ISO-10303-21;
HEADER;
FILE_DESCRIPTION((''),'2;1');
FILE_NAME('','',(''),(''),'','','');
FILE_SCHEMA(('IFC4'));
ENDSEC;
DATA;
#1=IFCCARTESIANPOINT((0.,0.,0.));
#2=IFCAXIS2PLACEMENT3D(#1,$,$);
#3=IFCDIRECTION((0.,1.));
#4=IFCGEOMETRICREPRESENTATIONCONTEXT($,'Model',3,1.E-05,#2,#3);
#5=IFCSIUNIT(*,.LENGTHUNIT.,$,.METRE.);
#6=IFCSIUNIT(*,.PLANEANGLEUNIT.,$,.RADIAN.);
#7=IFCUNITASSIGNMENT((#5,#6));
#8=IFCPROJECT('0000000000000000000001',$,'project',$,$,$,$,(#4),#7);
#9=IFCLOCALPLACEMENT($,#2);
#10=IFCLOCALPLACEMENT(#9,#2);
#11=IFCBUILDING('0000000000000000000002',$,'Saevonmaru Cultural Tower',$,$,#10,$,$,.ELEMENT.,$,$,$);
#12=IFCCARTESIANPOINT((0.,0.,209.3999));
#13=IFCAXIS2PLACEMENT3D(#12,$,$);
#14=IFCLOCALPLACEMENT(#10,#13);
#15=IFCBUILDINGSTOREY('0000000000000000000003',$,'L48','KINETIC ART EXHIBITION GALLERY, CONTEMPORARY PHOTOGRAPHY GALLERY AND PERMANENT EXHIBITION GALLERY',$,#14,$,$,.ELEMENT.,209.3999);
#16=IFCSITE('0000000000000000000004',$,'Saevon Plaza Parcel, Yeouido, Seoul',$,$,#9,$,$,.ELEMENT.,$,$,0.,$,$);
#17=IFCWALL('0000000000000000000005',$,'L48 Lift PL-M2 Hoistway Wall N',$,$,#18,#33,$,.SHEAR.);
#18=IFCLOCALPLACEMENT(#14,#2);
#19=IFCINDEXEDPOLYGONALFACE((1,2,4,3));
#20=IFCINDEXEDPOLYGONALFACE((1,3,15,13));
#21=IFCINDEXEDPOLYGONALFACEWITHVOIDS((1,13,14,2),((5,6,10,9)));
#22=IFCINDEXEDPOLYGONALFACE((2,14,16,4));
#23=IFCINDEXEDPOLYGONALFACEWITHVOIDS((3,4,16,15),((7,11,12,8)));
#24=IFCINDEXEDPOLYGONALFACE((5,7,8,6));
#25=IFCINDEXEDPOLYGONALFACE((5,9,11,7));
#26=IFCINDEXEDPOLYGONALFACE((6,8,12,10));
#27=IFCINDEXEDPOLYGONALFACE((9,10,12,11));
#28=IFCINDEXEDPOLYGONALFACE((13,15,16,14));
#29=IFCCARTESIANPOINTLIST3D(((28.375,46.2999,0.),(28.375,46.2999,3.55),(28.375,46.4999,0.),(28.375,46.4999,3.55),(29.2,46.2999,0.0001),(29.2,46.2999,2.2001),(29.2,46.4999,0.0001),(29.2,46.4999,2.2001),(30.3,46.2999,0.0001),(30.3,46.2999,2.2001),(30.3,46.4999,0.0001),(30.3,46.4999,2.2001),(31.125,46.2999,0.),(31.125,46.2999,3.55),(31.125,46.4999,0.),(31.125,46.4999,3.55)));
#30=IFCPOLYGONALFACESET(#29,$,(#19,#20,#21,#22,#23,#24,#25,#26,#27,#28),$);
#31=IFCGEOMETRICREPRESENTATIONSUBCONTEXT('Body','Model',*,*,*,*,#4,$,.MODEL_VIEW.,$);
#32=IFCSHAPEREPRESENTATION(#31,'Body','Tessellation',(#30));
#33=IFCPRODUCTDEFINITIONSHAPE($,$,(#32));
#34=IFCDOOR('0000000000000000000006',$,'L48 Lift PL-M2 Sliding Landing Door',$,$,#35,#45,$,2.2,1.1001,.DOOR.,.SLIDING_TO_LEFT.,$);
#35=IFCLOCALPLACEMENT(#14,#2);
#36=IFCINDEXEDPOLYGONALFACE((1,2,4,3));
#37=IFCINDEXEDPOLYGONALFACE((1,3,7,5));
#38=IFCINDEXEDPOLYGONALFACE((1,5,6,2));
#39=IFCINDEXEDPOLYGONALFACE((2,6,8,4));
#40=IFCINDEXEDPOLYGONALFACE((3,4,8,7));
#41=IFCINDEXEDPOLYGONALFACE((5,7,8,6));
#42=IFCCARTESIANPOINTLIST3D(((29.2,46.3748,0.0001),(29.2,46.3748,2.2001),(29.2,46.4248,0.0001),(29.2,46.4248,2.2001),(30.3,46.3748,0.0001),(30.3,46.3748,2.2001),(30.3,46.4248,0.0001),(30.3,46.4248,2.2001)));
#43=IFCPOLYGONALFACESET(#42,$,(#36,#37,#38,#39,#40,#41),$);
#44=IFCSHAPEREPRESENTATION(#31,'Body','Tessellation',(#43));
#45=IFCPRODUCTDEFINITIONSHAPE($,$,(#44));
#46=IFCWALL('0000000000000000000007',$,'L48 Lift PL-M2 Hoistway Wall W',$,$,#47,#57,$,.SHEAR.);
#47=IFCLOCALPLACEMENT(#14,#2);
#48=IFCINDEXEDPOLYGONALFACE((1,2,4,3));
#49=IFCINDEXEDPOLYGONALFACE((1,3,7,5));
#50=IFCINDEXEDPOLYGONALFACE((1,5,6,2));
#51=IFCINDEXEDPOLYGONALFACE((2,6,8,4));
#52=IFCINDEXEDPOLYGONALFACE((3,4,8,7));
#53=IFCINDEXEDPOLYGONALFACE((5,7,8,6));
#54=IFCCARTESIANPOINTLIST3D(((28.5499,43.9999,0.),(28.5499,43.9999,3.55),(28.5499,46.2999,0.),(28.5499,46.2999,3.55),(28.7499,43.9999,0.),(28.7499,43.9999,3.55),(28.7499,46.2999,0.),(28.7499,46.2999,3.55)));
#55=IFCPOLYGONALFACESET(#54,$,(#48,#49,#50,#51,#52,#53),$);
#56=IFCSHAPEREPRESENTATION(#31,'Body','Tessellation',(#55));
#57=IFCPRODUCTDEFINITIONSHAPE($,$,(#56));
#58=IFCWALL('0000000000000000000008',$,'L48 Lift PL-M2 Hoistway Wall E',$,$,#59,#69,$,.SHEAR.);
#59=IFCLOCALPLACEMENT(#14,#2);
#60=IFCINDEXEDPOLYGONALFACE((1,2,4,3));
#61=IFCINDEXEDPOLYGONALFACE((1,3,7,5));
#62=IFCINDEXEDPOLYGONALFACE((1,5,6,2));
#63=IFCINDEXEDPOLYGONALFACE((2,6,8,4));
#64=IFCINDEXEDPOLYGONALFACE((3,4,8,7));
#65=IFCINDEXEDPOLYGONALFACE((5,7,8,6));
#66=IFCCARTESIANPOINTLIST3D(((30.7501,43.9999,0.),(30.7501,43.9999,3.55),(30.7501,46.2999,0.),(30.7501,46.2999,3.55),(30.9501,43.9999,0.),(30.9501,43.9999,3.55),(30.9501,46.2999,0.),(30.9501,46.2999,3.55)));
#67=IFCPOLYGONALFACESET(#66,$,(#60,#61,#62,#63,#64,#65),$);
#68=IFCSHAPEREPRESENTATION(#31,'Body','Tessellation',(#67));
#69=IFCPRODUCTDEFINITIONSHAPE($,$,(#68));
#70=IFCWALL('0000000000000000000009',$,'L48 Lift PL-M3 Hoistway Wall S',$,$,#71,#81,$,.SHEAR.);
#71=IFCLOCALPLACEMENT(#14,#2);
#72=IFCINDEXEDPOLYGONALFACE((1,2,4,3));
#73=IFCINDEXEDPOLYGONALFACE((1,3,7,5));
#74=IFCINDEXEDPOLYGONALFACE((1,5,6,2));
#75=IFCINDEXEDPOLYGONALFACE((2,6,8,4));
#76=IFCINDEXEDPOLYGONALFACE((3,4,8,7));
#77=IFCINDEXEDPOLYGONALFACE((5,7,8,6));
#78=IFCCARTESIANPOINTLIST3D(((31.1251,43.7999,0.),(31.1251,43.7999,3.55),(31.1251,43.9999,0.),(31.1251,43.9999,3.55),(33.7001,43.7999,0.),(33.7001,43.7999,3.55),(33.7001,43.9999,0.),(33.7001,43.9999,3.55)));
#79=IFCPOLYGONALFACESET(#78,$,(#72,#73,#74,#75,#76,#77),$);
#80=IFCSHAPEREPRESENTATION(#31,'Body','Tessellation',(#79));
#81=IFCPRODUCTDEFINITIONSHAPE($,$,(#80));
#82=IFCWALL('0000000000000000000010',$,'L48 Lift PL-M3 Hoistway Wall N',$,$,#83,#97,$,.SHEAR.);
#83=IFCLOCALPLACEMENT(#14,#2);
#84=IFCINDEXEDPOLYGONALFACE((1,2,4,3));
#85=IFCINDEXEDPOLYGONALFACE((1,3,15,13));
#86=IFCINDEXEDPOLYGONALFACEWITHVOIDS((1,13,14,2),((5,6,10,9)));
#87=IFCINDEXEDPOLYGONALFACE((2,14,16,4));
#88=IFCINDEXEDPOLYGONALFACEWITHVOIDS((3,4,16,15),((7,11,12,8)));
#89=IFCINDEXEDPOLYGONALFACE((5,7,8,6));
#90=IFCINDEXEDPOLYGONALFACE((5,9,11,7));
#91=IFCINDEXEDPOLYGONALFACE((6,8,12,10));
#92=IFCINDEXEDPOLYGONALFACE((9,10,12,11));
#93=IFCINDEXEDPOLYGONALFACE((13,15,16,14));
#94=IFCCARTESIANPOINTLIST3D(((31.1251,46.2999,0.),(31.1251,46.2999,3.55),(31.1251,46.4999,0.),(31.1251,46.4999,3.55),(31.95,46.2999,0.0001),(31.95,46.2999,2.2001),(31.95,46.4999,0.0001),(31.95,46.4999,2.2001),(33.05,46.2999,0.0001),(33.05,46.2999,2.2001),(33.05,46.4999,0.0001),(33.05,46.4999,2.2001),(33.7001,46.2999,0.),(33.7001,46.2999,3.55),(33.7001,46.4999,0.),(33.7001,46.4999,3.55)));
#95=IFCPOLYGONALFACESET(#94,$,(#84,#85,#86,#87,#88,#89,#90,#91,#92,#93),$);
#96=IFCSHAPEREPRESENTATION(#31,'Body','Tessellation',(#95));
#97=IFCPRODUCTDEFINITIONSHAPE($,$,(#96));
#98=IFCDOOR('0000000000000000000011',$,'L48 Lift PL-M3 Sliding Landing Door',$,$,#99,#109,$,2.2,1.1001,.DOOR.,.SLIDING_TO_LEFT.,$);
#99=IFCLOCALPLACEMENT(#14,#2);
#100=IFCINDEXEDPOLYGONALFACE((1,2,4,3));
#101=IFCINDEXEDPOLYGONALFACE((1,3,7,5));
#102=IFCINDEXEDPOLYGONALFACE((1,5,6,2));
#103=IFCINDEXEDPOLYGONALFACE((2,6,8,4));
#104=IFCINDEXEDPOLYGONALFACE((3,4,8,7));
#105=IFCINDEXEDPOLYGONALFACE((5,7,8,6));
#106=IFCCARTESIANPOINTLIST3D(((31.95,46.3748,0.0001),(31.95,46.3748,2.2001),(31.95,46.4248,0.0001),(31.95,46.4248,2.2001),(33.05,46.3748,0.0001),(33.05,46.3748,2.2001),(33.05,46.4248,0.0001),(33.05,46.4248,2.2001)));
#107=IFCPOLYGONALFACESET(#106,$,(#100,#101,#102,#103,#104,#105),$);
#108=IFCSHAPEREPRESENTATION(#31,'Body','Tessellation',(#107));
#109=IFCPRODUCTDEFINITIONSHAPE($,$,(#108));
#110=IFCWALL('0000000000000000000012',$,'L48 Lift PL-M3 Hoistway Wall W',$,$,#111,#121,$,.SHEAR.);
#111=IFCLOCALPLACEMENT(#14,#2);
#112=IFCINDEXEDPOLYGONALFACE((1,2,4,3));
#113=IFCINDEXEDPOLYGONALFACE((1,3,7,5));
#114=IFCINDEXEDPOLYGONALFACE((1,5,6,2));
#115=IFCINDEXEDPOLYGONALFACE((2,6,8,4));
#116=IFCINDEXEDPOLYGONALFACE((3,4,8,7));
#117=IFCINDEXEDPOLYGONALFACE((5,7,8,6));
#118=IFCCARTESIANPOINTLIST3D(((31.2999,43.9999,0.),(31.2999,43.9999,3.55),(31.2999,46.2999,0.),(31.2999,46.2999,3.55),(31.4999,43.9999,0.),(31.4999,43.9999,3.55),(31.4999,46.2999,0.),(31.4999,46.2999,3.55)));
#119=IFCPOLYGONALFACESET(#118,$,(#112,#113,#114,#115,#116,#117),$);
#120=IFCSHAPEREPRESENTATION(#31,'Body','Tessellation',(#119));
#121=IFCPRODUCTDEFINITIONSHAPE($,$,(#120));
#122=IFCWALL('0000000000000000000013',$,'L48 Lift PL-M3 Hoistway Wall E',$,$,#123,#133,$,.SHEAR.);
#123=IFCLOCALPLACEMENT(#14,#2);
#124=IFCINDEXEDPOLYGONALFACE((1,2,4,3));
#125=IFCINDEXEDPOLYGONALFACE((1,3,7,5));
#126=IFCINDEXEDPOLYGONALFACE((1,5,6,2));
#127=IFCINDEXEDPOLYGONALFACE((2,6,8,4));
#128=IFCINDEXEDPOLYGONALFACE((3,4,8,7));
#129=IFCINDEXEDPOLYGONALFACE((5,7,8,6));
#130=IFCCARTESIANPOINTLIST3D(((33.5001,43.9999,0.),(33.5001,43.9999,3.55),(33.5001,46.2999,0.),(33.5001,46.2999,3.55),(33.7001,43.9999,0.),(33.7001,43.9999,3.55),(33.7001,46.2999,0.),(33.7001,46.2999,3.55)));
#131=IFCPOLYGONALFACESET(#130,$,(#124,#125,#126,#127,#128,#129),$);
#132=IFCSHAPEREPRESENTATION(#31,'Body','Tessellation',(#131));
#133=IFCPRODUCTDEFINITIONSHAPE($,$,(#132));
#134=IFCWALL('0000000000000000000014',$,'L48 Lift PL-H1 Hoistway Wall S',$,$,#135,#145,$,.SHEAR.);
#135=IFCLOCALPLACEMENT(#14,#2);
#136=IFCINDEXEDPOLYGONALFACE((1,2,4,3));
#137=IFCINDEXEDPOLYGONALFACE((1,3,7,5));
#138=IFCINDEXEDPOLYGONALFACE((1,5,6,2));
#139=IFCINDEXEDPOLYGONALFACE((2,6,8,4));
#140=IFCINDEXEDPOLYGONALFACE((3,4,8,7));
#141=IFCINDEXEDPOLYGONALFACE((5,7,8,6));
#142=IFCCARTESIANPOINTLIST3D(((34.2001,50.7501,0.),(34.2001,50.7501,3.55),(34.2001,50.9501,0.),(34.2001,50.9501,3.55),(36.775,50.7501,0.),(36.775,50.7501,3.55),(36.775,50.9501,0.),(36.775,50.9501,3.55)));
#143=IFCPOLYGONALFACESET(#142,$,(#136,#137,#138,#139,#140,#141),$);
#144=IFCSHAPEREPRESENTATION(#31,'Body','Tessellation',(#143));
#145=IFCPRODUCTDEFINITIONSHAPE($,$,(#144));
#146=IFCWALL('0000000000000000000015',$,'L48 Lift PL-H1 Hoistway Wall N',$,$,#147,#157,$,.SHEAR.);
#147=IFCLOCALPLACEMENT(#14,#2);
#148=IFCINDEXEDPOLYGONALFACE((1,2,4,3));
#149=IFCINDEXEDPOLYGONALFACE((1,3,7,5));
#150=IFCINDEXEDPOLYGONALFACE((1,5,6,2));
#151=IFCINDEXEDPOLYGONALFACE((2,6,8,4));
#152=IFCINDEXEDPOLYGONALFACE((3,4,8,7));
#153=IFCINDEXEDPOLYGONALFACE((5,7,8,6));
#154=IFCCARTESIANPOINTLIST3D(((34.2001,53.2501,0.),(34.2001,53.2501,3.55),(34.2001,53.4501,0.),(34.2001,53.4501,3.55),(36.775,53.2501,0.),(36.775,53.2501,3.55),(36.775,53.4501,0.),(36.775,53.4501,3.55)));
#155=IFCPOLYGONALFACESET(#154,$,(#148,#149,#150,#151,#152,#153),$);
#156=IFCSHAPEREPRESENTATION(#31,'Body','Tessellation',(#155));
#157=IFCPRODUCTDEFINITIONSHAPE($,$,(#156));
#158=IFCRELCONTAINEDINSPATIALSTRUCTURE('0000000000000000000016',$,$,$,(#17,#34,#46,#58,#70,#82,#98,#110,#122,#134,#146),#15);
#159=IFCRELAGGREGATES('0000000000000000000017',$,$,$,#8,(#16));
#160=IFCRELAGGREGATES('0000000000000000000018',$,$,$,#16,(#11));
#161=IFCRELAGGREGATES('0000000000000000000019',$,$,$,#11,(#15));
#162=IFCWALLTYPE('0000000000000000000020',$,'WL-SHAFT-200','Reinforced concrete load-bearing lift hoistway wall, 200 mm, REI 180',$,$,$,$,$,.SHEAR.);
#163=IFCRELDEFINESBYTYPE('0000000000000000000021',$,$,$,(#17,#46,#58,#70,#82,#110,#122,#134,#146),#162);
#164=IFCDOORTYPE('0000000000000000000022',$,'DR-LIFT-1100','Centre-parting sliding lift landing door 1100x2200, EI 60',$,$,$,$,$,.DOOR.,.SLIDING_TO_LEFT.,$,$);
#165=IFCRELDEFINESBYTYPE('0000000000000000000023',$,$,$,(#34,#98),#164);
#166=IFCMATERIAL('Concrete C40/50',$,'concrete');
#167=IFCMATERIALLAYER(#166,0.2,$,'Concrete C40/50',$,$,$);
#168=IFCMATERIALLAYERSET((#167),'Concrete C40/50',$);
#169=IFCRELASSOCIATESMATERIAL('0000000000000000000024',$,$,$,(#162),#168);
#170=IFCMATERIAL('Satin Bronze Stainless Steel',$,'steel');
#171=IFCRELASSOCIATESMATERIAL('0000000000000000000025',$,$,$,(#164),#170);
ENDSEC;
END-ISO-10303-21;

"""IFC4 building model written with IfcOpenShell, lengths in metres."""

from ifc_helpers import new_model, si_unit, direction, frame, frame_2d, origin, place, context, subcontext, project, spatial, rectangle, extrude, material, layer, layer_set, type_object, element, fill, save


model = new_model("IFC4")

# Units and contexts
model_context = context("Model", 3, precision=1e-05, world=origin(), true_north=direction((0.0, 1.0)))
body_context = subcontext(model_context, "Body", "Model", "MODEL_VIEW")
ifc_project = project(units=[si_unit("LENGTHUNIT", "METRE"), si_unit("PLANEANGLEUNIT", "RADIAN")], contexts=[model_context])

# Site, building, storey
site_placement = place(None, origin())
site = spatial("IfcSite", under=ifc_project, at=site_placement, Name="Saevon Plaza Parcel, Yeouido, Seoul", CompositionType="ELEMENT", RefElevation=0.0)
building_placement = place(site_placement, origin())
building = spatial("IfcBuilding", under=site, at=building_placement, Name="Saevonmaru Cultural Tower", CompositionType="ELEMENT")
storey_placement = place(building_placement, frame((0.0, 0.0, 209.3999)))
storey = spatial("IfcBuildingStorey", under=building, at=storey_placement, Name="L48", Description="KINETIC ART EXHIBITION GALLERY, CONTEMPORARY PHOTOGRAPHY GALLERY AND PERMANENT EXHIBITION GALLERY", CompositionType="ELEMENT", Elevation=209.3999)

# Shared definitions
ifc_material_1 = material(Name="Concrete C40/50", Category="concrete")
ifc_layer_1 = layer(ifc_material_1, 0.2, Name="Concrete C40/50")
ifc_layer_set_1 = layer_set([ifc_layer_1], Name="Concrete C40/50")
wall_type_1 = type_object("IfcWallType", Name="WL-SHAFT-200", Description="Reinforced concrete load-bearing lift hoistway wall, 200 mm, REI 180", PredefinedType="SHEAR", material=ifc_layer_set_1)
ifc_material_2 = material(Name="Satin Bronze Stainless Steel", Category="steel")
door_type_1 = type_object("IfcDoorType", Name="DR-LIFT-1100", Description="Centre-parting sliding lift landing door 1100x2200, EI 60", OperationType="SLIDING_TO_LEFT", PredefinedType="DOOR", material=ifc_material_2)

# Wall, opening, door
wall_1_placement = place(storey_placement, frame((28.375, 46.3999, 0.0), z_axis=(0.0, 0.0, 1.0), x_axis=(1.0, 0.0, 0.0)))
wall_1 = element("IfcWall", 1, at=wall_1_placement, inside=storey, type_object=wall_type_1, Name="L48 Lift PL-M2 Hoistway Wall N", PredefinedType="SHEAR", context=body_context, shape_type="SweptSolid", body=[
    extrude(rectangle(XDim=2.75, YDim=0.2, at=frame_2d((1.375, 0.0))), origin(), (0.0, 0.0, 1.0), 3.55),
])
opening_1_placement = place(wall_1_placement, frame((0.825, 0.0, 0.0)))
opening_1 = element("IfcOpeningElement", 2, at=opening_1_placement, cuts=wall_1, PredefinedType="OPENING", context=body_context, shape_type="SweptSolid", body=[
    extrude(rectangle(XDim=1.1001, YDim=2.2, at=frame_2d((0.55, 1.1001))), frame((0.0, 0.1099, 0.0), z_axis=(0.0, -1.0, 0.0), x_axis=(1.0, 0.0, 0.0)), (0.0, 0.0, 1.0), 0.22),
])
door_1_placement = place(opening_1_placement, origin())
door_1 = element("IfcDoor", 3, at=door_1_placement, inside=storey, type_object=door_type_1, Name="L48 Lift PL-M2 Sliding Landing Door", OperationType="SLIDING_TO_LEFT", OverallHeight=2.2, OverallWidth=1.1001, PredefinedType="DOOR", context=body_context, shape_type="SweptSolid", body=[
    extrude(rectangle(XDim=1.1001, YDim=2.2, at=frame_2d((0.55, 1.1001))), frame((0.0, 0.0249, 0.0), z_axis=(0.0, -1.0, 0.0), x_axis=(1.0, 0.0, 0.0)), (0.0, 0.0, 1.0), 0.05),
])
fill(opening_1, door_1)

# Walls
for number, where, z_axis, x_axis, name in (
    (4, (28.6499, 44.0, 0.0), (0.0, 0.0, 1.0), (0.0, 1.0, 0.0), "L48 Lift PL-M2 Hoistway Wall W"),
    (5, (30.8501, 44.0, 0.0), (0.0, 0.0, 1.0), (0.0, 1.0, 0.0), "L48 Lift PL-M2 Hoistway Wall E"),
):
    element("IfcWall", number, at=place(storey_placement, frame(where, z_axis=z_axis, x_axis=x_axis)), inside=storey, type_object=wall_type_1, Name=name, PredefinedType="SHEAR", context=body_context, shape_type="SweptSolid", body=[
        extrude(rectangle(XDim=2.3, YDim=0.2, at=frame_2d((1.1499, 0.0))), origin(), (0.0, 0.0, 1.0), 3.55),
    ])
wall_2_placement = place(storey_placement, frame((31.125, 43.8999, 0.0), z_axis=(0.0, 0.0, 1.0), x_axis=(1.0, 0.0, 0.0)))
element("IfcWall", 6, at=wall_2_placement, inside=storey, type_object=wall_type_1, Name="L48 Lift PL-M3 Hoistway Wall S", PredefinedType="SHEAR", context=body_context, shape_type="SweptSolid", body=[
    extrude(rectangle(XDim=2.575, YDim=0.2, at=frame_2d((1.2876, 0.0))), origin(), (0.0, 0.0, 1.0), 3.55),
])

# Wall, opening, door
wall_3_placement = place(storey_placement, frame((31.125, 46.3999, 0.0), z_axis=(0.0, 0.0, 1.0), x_axis=(1.0, 0.0, 0.0)))
wall_3 = element("IfcWall", 7, at=wall_3_placement, inside=storey, type_object=wall_type_1, Name="L48 Lift PL-M3 Hoistway Wall N", PredefinedType="SHEAR", context=body_context, shape_type="SweptSolid", body=[
    extrude(rectangle(XDim=2.575, YDim=0.2, at=frame_2d((1.2876, 0.0))), origin(), (0.0, 0.0, 1.0), 3.55),
])
opening_2_placement = place(wall_3_placement, frame((0.825, 0.0, 0.0)))
opening_2 = element("IfcOpeningElement", 8, at=opening_2_placement, cuts=wall_3, PredefinedType="OPENING", context=body_context, shape_type="SweptSolid", body=[
    extrude(rectangle(XDim=1.1001, YDim=2.2, at=frame_2d((0.55, 1.1001))), frame((0.0, 0.1099, 0.0), z_axis=(0.0, -1.0, 0.0), x_axis=(1.0, 0.0, 0.0)), (0.0, 0.0, 1.0), 0.22),
])
door_2_placement = place(opening_2_placement, origin())
door_2 = element("IfcDoor", 9, at=door_2_placement, inside=storey, type_object=door_type_1, Name="L48 Lift PL-M3 Sliding Landing Door", OperationType="SLIDING_TO_LEFT", OverallHeight=2.2, OverallWidth=1.1001, PredefinedType="DOOR", context=body_context, shape_type="SweptSolid", body=[
    extrude(rectangle(XDim=1.1001, YDim=2.2, at=frame_2d((0.55, 1.1001))), frame((0.0, 0.0249, 0.0), z_axis=(0.0, -1.0, 0.0), x_axis=(1.0, 0.0, 0.0)), (0.0, 0.0, 1.0), 0.05),
])
fill(opening_2, door_2)

# Walls
for number, where, z_axis, x_axis, name in (
    (10, (31.3999, 44.0, 0.0), (0.0, 0.0, 1.0), (0.0, 1.0, 0.0), "L48 Lift PL-M3 Hoistway Wall W"),
    (11, (33.6001, 44.0, 0.0), (0.0, 0.0, 1.0), (0.0, 1.0, 0.0), "L48 Lift PL-M3 Hoistway Wall E"),
):
    element("IfcWall", number, at=place(storey_placement, frame(where, z_axis=z_axis, x_axis=x_axis)), inside=storey, type_object=wall_type_1, Name=name, PredefinedType="SHEAR", context=body_context, shape_type="SweptSolid", body=[
        extrude(rectangle(XDim=2.3, YDim=0.2, at=frame_2d((1.1499, 0.0))), origin(), (0.0, 0.0, 1.0), 3.55),
    ])
for number, where, z_axis, x_axis, name in (
    (12, (34.2, 50.8501, 0.0), (0.0, 0.0, 1.0), (1.0, 0.0, 0.0), "L48 Lift PL-H1 Hoistway Wall S"),
    (13, (34.2, 53.3501, 0.0), (0.0, 0.0, 1.0), (1.0, 0.0, 0.0), "L48 Lift PL-H1 Hoistway Wall N"),
):
    element("IfcWall", number, at=place(storey_placement, frame(where, z_axis=z_axis, x_axis=x_axis)), inside=storey, type_object=wall_type_1, Name=name, PredefinedType="SHEAR", context=body_context, shape_type="SweptSolid", body=[
        extrude(rectangle(XDim=2.575, YDim=0.2, at=frame_2d((1.2876, 0.0))), origin(), (0.0, 0.0, 1.0), 3.55),
    ])

save(model, "model.ifc")
